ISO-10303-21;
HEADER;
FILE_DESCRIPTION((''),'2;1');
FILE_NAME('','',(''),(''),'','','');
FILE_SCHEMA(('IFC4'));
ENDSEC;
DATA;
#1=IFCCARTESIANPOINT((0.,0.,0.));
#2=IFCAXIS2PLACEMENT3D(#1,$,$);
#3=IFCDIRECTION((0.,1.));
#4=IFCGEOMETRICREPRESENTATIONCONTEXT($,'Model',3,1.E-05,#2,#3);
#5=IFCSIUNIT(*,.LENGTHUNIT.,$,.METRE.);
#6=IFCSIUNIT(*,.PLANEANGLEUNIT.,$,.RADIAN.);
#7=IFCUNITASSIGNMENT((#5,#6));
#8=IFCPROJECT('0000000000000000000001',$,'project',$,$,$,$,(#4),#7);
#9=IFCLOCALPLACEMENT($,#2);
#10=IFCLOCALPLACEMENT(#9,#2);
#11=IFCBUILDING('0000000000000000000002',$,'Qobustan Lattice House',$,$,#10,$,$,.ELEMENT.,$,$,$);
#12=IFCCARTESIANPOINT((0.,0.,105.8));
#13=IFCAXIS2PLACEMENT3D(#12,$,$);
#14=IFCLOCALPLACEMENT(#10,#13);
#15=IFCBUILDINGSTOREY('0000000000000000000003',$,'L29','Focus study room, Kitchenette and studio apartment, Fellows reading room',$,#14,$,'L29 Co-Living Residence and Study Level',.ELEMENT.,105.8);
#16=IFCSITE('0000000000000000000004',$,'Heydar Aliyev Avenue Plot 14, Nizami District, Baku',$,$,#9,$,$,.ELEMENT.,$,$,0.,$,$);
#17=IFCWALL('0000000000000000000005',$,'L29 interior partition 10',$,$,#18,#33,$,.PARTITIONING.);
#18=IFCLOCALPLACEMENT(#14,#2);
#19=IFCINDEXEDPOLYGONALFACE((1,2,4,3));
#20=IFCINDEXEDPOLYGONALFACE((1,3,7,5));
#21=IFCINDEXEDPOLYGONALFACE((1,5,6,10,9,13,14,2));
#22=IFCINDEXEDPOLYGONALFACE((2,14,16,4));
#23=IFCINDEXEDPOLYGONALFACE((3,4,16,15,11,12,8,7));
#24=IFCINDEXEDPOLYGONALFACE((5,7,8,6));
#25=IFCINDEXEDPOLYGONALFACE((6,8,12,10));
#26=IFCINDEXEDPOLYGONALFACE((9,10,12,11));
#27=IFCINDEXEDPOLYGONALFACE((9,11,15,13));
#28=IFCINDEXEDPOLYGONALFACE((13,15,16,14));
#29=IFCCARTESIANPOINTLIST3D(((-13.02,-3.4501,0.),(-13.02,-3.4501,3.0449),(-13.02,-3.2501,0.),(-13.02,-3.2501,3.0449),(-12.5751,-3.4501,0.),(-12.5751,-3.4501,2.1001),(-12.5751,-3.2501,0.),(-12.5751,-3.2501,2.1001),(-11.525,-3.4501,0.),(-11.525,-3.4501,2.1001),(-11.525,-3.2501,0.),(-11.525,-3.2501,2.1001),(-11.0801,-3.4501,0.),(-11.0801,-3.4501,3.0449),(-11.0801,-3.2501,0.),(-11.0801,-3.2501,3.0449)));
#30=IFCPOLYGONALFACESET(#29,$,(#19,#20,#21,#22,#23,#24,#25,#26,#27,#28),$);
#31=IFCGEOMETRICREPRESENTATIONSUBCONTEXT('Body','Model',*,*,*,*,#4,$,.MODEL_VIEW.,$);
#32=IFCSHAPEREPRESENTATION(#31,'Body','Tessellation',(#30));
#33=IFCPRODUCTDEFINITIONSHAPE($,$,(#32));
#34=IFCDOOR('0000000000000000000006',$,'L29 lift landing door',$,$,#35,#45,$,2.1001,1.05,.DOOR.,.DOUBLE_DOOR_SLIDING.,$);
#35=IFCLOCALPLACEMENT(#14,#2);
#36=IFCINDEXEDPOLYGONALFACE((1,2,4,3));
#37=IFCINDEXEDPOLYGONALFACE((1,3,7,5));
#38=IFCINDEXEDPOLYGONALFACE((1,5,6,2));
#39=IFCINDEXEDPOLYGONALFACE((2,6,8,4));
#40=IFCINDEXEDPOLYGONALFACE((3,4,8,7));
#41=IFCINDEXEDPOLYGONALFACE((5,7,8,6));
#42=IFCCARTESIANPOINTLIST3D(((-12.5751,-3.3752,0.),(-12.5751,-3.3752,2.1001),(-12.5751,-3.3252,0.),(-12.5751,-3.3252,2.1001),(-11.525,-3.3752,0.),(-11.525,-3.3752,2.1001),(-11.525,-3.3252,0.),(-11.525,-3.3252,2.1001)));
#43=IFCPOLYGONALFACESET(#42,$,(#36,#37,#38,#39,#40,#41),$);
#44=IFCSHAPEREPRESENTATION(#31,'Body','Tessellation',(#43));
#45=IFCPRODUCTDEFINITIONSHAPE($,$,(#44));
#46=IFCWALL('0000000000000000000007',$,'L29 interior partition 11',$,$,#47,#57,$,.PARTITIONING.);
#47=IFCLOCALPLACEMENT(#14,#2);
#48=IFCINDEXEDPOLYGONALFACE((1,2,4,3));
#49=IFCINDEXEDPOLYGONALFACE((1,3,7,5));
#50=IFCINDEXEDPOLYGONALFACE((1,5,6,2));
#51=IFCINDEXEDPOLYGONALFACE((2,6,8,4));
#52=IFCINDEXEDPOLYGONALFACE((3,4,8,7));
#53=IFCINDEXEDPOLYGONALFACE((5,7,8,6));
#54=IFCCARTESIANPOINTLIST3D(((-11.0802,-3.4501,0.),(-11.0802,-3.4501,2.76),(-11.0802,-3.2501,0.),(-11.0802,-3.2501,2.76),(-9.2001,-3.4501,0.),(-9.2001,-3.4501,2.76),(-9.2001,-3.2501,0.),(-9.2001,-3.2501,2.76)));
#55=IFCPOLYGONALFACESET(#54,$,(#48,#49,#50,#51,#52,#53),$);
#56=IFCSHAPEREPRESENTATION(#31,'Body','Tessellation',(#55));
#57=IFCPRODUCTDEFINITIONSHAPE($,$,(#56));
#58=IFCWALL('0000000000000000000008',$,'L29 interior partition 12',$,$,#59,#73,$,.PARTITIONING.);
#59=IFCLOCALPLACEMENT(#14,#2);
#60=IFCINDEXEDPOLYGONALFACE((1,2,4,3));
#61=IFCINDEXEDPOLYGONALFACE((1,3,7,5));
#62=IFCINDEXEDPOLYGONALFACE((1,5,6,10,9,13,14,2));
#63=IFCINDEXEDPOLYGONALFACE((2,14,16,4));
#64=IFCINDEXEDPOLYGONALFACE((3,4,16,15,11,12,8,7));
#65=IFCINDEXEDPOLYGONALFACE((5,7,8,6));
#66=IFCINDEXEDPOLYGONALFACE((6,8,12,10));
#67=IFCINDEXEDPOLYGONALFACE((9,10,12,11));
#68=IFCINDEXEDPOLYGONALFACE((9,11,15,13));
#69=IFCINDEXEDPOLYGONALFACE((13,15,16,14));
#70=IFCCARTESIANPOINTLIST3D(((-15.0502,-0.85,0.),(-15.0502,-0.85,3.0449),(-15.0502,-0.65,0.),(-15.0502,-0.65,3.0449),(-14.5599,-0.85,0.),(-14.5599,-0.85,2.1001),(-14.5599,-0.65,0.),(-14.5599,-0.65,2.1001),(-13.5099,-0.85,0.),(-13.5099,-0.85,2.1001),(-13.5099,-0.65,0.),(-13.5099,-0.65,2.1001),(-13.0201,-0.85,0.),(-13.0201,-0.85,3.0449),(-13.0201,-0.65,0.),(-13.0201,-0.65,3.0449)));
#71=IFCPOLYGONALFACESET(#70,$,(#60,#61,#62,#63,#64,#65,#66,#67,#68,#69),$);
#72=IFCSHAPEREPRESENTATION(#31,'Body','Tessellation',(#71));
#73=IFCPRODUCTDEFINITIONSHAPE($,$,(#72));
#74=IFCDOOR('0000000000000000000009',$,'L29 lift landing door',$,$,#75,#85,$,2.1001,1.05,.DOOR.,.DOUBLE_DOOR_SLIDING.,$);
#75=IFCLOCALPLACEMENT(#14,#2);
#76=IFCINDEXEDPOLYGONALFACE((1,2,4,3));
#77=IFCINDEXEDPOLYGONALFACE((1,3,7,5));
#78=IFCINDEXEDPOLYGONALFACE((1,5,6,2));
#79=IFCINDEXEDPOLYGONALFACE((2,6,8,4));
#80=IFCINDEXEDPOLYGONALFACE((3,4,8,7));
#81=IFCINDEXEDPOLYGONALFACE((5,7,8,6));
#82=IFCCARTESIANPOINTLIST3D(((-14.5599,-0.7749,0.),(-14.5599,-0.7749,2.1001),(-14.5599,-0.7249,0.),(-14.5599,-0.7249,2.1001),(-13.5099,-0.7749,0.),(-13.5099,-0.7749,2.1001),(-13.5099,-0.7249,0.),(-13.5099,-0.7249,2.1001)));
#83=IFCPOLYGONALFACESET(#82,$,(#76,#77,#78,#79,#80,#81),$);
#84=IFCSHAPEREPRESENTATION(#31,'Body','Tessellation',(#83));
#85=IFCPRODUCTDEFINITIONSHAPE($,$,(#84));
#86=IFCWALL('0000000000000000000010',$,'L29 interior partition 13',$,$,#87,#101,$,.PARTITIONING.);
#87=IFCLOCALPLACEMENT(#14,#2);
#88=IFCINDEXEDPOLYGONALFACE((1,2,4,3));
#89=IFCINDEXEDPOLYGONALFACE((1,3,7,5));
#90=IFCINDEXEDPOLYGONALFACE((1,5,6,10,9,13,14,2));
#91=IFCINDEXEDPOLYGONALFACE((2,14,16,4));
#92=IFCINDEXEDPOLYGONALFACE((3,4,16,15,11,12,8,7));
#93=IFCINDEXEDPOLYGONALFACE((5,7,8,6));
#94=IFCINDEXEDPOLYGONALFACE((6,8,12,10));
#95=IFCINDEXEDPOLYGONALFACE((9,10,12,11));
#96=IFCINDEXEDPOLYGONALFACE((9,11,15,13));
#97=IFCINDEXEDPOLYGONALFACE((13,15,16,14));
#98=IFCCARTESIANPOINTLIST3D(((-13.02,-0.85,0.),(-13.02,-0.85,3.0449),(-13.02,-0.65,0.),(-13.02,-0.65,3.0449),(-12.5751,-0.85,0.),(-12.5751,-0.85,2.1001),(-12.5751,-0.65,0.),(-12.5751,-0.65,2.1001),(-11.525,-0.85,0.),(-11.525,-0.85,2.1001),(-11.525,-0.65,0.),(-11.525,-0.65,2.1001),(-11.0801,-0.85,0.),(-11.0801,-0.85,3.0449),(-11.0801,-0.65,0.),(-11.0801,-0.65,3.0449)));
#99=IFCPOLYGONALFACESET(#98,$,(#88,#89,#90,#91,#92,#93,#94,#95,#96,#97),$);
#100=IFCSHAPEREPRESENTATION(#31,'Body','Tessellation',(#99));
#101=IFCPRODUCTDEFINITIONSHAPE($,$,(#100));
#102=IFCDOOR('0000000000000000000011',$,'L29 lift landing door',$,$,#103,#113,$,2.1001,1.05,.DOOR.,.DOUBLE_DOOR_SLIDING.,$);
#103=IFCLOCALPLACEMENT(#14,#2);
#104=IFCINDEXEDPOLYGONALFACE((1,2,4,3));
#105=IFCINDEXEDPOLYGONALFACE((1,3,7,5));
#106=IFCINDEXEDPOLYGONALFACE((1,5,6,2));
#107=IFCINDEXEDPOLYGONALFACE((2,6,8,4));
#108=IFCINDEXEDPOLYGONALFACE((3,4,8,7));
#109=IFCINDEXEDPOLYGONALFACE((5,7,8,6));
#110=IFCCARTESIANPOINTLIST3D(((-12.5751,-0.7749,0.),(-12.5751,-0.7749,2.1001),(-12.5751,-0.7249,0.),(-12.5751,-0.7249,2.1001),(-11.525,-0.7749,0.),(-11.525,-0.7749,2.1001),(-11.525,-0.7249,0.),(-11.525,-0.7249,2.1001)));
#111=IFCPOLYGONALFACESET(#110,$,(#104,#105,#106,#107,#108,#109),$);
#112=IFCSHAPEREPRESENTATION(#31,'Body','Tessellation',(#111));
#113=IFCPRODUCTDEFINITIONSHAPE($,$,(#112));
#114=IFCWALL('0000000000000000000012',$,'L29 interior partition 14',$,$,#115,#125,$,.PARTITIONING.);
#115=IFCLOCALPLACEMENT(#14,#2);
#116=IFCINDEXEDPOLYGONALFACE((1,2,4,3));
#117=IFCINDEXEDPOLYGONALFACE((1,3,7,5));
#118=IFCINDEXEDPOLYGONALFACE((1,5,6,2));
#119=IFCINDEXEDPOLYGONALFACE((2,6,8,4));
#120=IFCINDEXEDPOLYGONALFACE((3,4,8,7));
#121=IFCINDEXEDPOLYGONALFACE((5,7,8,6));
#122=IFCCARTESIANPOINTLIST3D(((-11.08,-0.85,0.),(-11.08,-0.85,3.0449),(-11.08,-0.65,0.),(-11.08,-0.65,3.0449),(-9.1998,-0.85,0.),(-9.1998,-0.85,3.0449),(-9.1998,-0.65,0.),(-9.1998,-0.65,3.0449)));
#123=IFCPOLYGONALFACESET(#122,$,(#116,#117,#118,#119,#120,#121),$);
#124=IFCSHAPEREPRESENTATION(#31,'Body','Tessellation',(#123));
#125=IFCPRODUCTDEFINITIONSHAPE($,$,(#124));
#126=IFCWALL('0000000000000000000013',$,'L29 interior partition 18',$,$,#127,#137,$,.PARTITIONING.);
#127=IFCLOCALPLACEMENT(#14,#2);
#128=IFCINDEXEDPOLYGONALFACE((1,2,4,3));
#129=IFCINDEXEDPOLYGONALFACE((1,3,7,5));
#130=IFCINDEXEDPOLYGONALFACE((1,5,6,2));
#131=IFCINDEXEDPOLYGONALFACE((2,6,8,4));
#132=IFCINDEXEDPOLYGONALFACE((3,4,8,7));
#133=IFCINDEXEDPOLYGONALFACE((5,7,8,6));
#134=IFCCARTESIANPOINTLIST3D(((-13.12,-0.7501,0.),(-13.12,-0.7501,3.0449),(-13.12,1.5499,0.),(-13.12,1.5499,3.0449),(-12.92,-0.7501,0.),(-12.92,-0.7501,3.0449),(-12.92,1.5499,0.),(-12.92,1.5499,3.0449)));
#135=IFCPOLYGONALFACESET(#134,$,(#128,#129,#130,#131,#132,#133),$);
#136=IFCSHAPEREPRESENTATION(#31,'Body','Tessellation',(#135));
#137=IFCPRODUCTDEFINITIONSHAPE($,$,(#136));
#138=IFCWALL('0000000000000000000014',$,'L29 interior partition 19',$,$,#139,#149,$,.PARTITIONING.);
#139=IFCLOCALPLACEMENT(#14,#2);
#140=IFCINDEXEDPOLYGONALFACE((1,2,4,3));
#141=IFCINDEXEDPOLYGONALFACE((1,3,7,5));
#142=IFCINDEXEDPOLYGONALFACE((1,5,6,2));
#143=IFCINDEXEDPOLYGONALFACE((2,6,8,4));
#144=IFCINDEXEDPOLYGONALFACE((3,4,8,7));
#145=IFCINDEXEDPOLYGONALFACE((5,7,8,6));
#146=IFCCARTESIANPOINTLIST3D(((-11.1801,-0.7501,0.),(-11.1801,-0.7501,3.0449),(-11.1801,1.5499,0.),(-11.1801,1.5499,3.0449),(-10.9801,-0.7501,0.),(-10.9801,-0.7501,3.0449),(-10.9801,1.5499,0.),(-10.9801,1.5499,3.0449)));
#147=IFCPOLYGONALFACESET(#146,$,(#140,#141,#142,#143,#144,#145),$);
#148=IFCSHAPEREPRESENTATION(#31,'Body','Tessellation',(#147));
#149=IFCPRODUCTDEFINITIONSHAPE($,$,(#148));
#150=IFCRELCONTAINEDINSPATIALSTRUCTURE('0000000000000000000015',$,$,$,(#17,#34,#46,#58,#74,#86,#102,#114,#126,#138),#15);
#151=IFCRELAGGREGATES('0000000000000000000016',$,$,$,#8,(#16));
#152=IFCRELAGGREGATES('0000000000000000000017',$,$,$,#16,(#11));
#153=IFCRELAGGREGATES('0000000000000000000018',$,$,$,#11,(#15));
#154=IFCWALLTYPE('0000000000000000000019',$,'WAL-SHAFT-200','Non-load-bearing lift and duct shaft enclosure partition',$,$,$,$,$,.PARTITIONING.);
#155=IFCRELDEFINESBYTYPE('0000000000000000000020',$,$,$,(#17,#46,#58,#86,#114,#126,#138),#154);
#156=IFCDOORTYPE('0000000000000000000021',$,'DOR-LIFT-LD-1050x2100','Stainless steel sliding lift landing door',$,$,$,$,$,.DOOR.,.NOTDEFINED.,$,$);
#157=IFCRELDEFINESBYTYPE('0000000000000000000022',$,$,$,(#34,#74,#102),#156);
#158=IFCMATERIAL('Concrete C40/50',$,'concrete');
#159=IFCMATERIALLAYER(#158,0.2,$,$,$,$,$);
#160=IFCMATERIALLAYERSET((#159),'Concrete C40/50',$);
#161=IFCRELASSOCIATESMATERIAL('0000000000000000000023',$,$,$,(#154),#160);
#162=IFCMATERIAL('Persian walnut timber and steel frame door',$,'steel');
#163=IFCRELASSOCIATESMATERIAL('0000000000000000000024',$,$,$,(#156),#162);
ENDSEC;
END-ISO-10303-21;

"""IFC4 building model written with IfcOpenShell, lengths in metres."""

from ifc_helpers import new_model, si_unit, direction, frame, frame_2d, origin, place, context, subcontext, project, spatial, rectangle, extrude, material, layer, layer_set, type_object, element, fill, save


model = new_model("IFC4")

# Units and contexts
model_context = context("Model", 3, precision=1e-05, world=origin(), true_north=direction((0.0, 1.0)))
body_context = subcontext(model_context, "Body", "Model", "MODEL_VIEW")
ifc_project = project(units=[si_unit("LENGTHUNIT", "METRE"), si_unit("PLANEANGLEUNIT", "RADIAN")], contexts=[model_context])

# Site, building, storey
site_placement = place(None, origin())
site = spatial("IfcSite", under=ifc_project, at=site_placement, Name="Heydar Aliyev Avenue Plot 14, Nizami District, Baku", CompositionType="ELEMENT", RefElevation=0.0)
building_placement = place(site_placement, origin())
building = spatial("IfcBuilding", under=site, at=building_placement, Name="Qobustan Lattice House", CompositionType="ELEMENT")
storey_placement = place(building_placement, frame((0.0, 0.0, 105.8)))
storey = spatial("IfcBuildingStorey", under=building, at=storey_placement, Name="L29", Description="Focus study room, Kitchenette and studio apartment, Fellows reading room", LongName="L29 Co-Living Residence and Study Level", CompositionType="ELEMENT", Elevation=105.8)

# Wall, opening, door
ifc_material_1 = material(Name="Concrete C40/50", Category="concrete")
ifc_layer_1 = layer(ifc_material_1, 0.2)
ifc_layer_set_1 = layer_set([ifc_layer_1], Name="Concrete C40/50")
wall_type_1 = type_object("IfcWallType", Name="WAL-SHAFT-200", Description="Non-load-bearing lift and duct shaft enclosure partition", PredefinedType="PARTITIONING", material=ifc_layer_set_1)
ifc_material_2 = material(Name="Persian walnut timber and steel frame door", Category="steel")
door_type_1 = type_object("IfcDoorType", Name="DOR-LIFT-LD-1050x2100", Description="Stainless steel sliding lift landing door", OperationType="NOTDEFINED", PredefinedType="DOOR", material=ifc_material_2)
wall_1_placement = place(storey_placement, frame((-13.02, -3.3501, 0.0), z_axis=(0.0, 0.0, 1.0), x_axis=(1.0, 0.0, 0.0)))
wall_1 = element("IfcWall", 1, at=wall_1_placement, inside=storey, type_object=wall_type_1, Name="L29 interior partition 10", PredefinedType="PARTITIONING", context=body_context, shape_type="SweptSolid", body=[
    extrude(rectangle(XDim=1.9399, YDim=0.2, at=frame_2d((0.97, 0.0))), origin(), (0.0, 0.0, 1.0), 3.0449),
])
opening_1_placement = place(wall_1_placement, frame((0.4451, 0.0, 0.0)))
opening_1 = element("IfcOpeningElement", 2, at=opening_1_placement, cuts=wall_1, PredefinedType="OPENING", context=body_context, shape_type="SweptSolid", body=[
    extrude(rectangle(XDim=1.05, YDim=2.1001, at=frame_2d((0.5249, 1.05))), frame((0.0, 0.1099, 0.0), z_axis=(0.0, -1.0, 0.0), x_axis=(1.0, 0.0, 0.0)), (0.0, 0.0, 1.0), 0.22),
])
door_1_placement = place(opening_1_placement, origin())
door_1 = element("IfcDoor", 3, at=door_1_placement, inside=storey, type_object=door_type_1, Name="L29 lift landing door", OperationType="DOUBLE_DOOR_SLIDING", OverallHeight=2.1001, OverallWidth=1.05, PredefinedType="DOOR", context=body_context, shape_type="SweptSolid", body=[
    extrude(rectangle(XDim=1.05, YDim=2.1001, at=frame_2d((0.5249, 1.05))), frame((0.0, 0.0249, 0.0), z_axis=(0.0, -1.0, 0.0), x_axis=(1.0, 0.0, 0.0)), (0.0, 0.0, 1.0), 0.05),
])
fill(opening_1, door_1)

# Wall
wall_2_placement = place(storey_placement, frame((-11.0801, -3.3501, 0.0), z_axis=(0.0, 0.0, 1.0), x_axis=(1.0, 0.0, 0.0)))
element("IfcWall", 4, at=wall_2_placement, inside=storey, type_object=wall_type_1, Name="L29 interior partition 11", PredefinedType="PARTITIONING", context=body_context, shape_type="SweptSolid", body=[
    extrude(rectangle(XDim=1.8801, YDim=0.2, at=frame_2d((0.9399, 0.0))), origin(), (0.0, 0.0, 1.0), 2.76),
])

# Walls, openings, doors
wall_3_placement = place(storey_placement, frame((-13.02, -0.75, 0.0), z_axis=(0.0, 0.0, 1.0), x_axis=(-1.0, 0.0, 0.0)))
wall_3 = element("IfcWall", 5, at=wall_3_placement, inside=storey, type_object=wall_type_1, Name="L29 interior partition 12", PredefinedType="PARTITIONING", context=body_context, shape_type="SweptSolid", body=[
    extrude(rectangle(XDim=2.03, YDim=0.2, at=frame_2d((1.0151, 0.0))), origin(), (0.0, 0.0, 1.0), 3.0449),
])
opening_2_placement = place(wall_3_placement, frame((0.49, 0.0, 0.0)))
opening_2 = element("IfcOpeningElement", 6, at=opening_2_placement, cuts=wall_3, PredefinedType="OPENING", context=body_context, shape_type="SweptSolid", body=[
    extrude(rectangle(XDim=1.05, YDim=2.1001, at=frame_2d((0.5249, 1.05))), frame((0.0, 0.1099, 0.0), z_axis=(0.0, -1.0, 0.0), x_axis=(1.0, 0.0, 0.0)), (0.0, 0.0, 1.0), 0.22),
])
door_2_placement = place(opening_2_placement, origin())
door_2 = element("IfcDoor", 7, at=door_2_placement, inside=storey, type_object=door_type_1, Name="L29 lift landing door", OperationType="DOUBLE_DOOR_SLIDING", OverallHeight=2.1001, OverallWidth=1.05, PredefinedType="DOOR", context=body_context, shape_type="SweptSolid", body=[
    extrude(rectangle(XDim=1.05, YDim=2.1001, at=frame_2d((0.5249, 1.05))), frame((0.0, 0.0249, 0.0), z_axis=(0.0, -1.0, 0.0), x_axis=(1.0, 0.0, 0.0)), (0.0, 0.0, 1.0), 0.05),
])
fill(opening_2, door_2)
wall_4_placement = place(storey_placement, frame((-11.0801, -0.75, 0.0), z_axis=(0.0, 0.0, 1.0), x_axis=(-1.0, 0.0, 0.0)))
wall_4 = element("IfcWall", 8, at=wall_4_placement, inside=storey, type_object=wall_type_1, Name="L29 interior partition 13", PredefinedType="PARTITIONING", context=body_context, shape_type="SweptSolid", body=[
    extrude(rectangle(XDim=1.9399, YDim=0.2, at=frame_2d((0.97, 0.0))), origin(), (0.0, 0.0, 1.0), 3.0449),
])
opening_3_placement = place(wall_4_placement, frame((0.4451, 0.0, 0.0)))
opening_3 = element("IfcOpeningElement", 9, at=opening_3_placement, cuts=wall_4, PredefinedType="OPENING", context=body_context, shape_type="SweptSolid", body=[
    extrude(rectangle(XDim=1.05, YDim=2.1001, at=frame_2d((0.5249, 1.05))), frame((0.0, 0.1099, 0.0), z_axis=(0.0, -1.0, 0.0), x_axis=(1.0, 0.0, 0.0)), (0.0, 0.0, 1.0), 0.22),
])
door_3_placement = place(opening_3_placement, origin())
door_3 = element("IfcDoor", 10, at=door_3_placement, inside=storey, type_object=door_type_1, Name="L29 lift landing door", OperationType="DOUBLE_DOOR_SLIDING", OverallHeight=2.1001, OverallWidth=1.05, PredefinedType="DOOR", context=body_context, shape_type="SweptSolid", body=[
    extrude(rectangle(XDim=1.05, YDim=2.1001, at=frame_2d((0.5249, 1.05))), frame((0.0, 0.0249, 0.0), z_axis=(0.0, -1.0, 0.0), x_axis=(1.0, 0.0, 0.0)), (0.0, 0.0, 1.0), 0.05),
])
fill(opening_3, door_3)

# Walls
wall_5_placement = place(storey_placement, frame((-9.2, -0.75, 0.0), z_axis=(0.0, 0.0, 1.0), x_axis=(-1.0, 0.0, 0.0)))
element("IfcWall", 11, at=wall_5_placement, inside=storey, type_object=wall_type_1, Name="L29 interior partition 14", PredefinedType="PARTITIONING", context=body_context, shape_type="SweptSolid", body=[
    extrude(rectangle(XDim=1.8801, YDim=0.2, at=frame_2d((0.9399, 0.0))), origin(), (0.0, 0.0, 1.0), 3.0449),
])
for number, where, z_axis, x_axis, name in (
    (12, (-13.02, -0.75, 0.0), (0.0, 0.0, 1.0), (0.0, 1.0, 0.0), "L29 interior partition 18"),
    (13, (-11.0801, -0.75, 0.0), (0.0, 0.0, 1.0), (0.0, 1.0, 0.0), "L29 interior partition 19"),
):
    element("IfcWall", number, at=place(storey_placement, frame(where, z_axis=z_axis, x_axis=x_axis)), inside=storey, type_object=wall_type_1, Name=name, PredefinedType="PARTITIONING", context=body_context, shape_type="SweptSolid", body=[
        extrude(rectangle(XDim=2.3, YDim=0.2, at=frame_2d((1.1499, 0.0))), origin(), (0.0, 0.0, 1.0), 3.0449),
    ])

save(model, "model.ifc")
